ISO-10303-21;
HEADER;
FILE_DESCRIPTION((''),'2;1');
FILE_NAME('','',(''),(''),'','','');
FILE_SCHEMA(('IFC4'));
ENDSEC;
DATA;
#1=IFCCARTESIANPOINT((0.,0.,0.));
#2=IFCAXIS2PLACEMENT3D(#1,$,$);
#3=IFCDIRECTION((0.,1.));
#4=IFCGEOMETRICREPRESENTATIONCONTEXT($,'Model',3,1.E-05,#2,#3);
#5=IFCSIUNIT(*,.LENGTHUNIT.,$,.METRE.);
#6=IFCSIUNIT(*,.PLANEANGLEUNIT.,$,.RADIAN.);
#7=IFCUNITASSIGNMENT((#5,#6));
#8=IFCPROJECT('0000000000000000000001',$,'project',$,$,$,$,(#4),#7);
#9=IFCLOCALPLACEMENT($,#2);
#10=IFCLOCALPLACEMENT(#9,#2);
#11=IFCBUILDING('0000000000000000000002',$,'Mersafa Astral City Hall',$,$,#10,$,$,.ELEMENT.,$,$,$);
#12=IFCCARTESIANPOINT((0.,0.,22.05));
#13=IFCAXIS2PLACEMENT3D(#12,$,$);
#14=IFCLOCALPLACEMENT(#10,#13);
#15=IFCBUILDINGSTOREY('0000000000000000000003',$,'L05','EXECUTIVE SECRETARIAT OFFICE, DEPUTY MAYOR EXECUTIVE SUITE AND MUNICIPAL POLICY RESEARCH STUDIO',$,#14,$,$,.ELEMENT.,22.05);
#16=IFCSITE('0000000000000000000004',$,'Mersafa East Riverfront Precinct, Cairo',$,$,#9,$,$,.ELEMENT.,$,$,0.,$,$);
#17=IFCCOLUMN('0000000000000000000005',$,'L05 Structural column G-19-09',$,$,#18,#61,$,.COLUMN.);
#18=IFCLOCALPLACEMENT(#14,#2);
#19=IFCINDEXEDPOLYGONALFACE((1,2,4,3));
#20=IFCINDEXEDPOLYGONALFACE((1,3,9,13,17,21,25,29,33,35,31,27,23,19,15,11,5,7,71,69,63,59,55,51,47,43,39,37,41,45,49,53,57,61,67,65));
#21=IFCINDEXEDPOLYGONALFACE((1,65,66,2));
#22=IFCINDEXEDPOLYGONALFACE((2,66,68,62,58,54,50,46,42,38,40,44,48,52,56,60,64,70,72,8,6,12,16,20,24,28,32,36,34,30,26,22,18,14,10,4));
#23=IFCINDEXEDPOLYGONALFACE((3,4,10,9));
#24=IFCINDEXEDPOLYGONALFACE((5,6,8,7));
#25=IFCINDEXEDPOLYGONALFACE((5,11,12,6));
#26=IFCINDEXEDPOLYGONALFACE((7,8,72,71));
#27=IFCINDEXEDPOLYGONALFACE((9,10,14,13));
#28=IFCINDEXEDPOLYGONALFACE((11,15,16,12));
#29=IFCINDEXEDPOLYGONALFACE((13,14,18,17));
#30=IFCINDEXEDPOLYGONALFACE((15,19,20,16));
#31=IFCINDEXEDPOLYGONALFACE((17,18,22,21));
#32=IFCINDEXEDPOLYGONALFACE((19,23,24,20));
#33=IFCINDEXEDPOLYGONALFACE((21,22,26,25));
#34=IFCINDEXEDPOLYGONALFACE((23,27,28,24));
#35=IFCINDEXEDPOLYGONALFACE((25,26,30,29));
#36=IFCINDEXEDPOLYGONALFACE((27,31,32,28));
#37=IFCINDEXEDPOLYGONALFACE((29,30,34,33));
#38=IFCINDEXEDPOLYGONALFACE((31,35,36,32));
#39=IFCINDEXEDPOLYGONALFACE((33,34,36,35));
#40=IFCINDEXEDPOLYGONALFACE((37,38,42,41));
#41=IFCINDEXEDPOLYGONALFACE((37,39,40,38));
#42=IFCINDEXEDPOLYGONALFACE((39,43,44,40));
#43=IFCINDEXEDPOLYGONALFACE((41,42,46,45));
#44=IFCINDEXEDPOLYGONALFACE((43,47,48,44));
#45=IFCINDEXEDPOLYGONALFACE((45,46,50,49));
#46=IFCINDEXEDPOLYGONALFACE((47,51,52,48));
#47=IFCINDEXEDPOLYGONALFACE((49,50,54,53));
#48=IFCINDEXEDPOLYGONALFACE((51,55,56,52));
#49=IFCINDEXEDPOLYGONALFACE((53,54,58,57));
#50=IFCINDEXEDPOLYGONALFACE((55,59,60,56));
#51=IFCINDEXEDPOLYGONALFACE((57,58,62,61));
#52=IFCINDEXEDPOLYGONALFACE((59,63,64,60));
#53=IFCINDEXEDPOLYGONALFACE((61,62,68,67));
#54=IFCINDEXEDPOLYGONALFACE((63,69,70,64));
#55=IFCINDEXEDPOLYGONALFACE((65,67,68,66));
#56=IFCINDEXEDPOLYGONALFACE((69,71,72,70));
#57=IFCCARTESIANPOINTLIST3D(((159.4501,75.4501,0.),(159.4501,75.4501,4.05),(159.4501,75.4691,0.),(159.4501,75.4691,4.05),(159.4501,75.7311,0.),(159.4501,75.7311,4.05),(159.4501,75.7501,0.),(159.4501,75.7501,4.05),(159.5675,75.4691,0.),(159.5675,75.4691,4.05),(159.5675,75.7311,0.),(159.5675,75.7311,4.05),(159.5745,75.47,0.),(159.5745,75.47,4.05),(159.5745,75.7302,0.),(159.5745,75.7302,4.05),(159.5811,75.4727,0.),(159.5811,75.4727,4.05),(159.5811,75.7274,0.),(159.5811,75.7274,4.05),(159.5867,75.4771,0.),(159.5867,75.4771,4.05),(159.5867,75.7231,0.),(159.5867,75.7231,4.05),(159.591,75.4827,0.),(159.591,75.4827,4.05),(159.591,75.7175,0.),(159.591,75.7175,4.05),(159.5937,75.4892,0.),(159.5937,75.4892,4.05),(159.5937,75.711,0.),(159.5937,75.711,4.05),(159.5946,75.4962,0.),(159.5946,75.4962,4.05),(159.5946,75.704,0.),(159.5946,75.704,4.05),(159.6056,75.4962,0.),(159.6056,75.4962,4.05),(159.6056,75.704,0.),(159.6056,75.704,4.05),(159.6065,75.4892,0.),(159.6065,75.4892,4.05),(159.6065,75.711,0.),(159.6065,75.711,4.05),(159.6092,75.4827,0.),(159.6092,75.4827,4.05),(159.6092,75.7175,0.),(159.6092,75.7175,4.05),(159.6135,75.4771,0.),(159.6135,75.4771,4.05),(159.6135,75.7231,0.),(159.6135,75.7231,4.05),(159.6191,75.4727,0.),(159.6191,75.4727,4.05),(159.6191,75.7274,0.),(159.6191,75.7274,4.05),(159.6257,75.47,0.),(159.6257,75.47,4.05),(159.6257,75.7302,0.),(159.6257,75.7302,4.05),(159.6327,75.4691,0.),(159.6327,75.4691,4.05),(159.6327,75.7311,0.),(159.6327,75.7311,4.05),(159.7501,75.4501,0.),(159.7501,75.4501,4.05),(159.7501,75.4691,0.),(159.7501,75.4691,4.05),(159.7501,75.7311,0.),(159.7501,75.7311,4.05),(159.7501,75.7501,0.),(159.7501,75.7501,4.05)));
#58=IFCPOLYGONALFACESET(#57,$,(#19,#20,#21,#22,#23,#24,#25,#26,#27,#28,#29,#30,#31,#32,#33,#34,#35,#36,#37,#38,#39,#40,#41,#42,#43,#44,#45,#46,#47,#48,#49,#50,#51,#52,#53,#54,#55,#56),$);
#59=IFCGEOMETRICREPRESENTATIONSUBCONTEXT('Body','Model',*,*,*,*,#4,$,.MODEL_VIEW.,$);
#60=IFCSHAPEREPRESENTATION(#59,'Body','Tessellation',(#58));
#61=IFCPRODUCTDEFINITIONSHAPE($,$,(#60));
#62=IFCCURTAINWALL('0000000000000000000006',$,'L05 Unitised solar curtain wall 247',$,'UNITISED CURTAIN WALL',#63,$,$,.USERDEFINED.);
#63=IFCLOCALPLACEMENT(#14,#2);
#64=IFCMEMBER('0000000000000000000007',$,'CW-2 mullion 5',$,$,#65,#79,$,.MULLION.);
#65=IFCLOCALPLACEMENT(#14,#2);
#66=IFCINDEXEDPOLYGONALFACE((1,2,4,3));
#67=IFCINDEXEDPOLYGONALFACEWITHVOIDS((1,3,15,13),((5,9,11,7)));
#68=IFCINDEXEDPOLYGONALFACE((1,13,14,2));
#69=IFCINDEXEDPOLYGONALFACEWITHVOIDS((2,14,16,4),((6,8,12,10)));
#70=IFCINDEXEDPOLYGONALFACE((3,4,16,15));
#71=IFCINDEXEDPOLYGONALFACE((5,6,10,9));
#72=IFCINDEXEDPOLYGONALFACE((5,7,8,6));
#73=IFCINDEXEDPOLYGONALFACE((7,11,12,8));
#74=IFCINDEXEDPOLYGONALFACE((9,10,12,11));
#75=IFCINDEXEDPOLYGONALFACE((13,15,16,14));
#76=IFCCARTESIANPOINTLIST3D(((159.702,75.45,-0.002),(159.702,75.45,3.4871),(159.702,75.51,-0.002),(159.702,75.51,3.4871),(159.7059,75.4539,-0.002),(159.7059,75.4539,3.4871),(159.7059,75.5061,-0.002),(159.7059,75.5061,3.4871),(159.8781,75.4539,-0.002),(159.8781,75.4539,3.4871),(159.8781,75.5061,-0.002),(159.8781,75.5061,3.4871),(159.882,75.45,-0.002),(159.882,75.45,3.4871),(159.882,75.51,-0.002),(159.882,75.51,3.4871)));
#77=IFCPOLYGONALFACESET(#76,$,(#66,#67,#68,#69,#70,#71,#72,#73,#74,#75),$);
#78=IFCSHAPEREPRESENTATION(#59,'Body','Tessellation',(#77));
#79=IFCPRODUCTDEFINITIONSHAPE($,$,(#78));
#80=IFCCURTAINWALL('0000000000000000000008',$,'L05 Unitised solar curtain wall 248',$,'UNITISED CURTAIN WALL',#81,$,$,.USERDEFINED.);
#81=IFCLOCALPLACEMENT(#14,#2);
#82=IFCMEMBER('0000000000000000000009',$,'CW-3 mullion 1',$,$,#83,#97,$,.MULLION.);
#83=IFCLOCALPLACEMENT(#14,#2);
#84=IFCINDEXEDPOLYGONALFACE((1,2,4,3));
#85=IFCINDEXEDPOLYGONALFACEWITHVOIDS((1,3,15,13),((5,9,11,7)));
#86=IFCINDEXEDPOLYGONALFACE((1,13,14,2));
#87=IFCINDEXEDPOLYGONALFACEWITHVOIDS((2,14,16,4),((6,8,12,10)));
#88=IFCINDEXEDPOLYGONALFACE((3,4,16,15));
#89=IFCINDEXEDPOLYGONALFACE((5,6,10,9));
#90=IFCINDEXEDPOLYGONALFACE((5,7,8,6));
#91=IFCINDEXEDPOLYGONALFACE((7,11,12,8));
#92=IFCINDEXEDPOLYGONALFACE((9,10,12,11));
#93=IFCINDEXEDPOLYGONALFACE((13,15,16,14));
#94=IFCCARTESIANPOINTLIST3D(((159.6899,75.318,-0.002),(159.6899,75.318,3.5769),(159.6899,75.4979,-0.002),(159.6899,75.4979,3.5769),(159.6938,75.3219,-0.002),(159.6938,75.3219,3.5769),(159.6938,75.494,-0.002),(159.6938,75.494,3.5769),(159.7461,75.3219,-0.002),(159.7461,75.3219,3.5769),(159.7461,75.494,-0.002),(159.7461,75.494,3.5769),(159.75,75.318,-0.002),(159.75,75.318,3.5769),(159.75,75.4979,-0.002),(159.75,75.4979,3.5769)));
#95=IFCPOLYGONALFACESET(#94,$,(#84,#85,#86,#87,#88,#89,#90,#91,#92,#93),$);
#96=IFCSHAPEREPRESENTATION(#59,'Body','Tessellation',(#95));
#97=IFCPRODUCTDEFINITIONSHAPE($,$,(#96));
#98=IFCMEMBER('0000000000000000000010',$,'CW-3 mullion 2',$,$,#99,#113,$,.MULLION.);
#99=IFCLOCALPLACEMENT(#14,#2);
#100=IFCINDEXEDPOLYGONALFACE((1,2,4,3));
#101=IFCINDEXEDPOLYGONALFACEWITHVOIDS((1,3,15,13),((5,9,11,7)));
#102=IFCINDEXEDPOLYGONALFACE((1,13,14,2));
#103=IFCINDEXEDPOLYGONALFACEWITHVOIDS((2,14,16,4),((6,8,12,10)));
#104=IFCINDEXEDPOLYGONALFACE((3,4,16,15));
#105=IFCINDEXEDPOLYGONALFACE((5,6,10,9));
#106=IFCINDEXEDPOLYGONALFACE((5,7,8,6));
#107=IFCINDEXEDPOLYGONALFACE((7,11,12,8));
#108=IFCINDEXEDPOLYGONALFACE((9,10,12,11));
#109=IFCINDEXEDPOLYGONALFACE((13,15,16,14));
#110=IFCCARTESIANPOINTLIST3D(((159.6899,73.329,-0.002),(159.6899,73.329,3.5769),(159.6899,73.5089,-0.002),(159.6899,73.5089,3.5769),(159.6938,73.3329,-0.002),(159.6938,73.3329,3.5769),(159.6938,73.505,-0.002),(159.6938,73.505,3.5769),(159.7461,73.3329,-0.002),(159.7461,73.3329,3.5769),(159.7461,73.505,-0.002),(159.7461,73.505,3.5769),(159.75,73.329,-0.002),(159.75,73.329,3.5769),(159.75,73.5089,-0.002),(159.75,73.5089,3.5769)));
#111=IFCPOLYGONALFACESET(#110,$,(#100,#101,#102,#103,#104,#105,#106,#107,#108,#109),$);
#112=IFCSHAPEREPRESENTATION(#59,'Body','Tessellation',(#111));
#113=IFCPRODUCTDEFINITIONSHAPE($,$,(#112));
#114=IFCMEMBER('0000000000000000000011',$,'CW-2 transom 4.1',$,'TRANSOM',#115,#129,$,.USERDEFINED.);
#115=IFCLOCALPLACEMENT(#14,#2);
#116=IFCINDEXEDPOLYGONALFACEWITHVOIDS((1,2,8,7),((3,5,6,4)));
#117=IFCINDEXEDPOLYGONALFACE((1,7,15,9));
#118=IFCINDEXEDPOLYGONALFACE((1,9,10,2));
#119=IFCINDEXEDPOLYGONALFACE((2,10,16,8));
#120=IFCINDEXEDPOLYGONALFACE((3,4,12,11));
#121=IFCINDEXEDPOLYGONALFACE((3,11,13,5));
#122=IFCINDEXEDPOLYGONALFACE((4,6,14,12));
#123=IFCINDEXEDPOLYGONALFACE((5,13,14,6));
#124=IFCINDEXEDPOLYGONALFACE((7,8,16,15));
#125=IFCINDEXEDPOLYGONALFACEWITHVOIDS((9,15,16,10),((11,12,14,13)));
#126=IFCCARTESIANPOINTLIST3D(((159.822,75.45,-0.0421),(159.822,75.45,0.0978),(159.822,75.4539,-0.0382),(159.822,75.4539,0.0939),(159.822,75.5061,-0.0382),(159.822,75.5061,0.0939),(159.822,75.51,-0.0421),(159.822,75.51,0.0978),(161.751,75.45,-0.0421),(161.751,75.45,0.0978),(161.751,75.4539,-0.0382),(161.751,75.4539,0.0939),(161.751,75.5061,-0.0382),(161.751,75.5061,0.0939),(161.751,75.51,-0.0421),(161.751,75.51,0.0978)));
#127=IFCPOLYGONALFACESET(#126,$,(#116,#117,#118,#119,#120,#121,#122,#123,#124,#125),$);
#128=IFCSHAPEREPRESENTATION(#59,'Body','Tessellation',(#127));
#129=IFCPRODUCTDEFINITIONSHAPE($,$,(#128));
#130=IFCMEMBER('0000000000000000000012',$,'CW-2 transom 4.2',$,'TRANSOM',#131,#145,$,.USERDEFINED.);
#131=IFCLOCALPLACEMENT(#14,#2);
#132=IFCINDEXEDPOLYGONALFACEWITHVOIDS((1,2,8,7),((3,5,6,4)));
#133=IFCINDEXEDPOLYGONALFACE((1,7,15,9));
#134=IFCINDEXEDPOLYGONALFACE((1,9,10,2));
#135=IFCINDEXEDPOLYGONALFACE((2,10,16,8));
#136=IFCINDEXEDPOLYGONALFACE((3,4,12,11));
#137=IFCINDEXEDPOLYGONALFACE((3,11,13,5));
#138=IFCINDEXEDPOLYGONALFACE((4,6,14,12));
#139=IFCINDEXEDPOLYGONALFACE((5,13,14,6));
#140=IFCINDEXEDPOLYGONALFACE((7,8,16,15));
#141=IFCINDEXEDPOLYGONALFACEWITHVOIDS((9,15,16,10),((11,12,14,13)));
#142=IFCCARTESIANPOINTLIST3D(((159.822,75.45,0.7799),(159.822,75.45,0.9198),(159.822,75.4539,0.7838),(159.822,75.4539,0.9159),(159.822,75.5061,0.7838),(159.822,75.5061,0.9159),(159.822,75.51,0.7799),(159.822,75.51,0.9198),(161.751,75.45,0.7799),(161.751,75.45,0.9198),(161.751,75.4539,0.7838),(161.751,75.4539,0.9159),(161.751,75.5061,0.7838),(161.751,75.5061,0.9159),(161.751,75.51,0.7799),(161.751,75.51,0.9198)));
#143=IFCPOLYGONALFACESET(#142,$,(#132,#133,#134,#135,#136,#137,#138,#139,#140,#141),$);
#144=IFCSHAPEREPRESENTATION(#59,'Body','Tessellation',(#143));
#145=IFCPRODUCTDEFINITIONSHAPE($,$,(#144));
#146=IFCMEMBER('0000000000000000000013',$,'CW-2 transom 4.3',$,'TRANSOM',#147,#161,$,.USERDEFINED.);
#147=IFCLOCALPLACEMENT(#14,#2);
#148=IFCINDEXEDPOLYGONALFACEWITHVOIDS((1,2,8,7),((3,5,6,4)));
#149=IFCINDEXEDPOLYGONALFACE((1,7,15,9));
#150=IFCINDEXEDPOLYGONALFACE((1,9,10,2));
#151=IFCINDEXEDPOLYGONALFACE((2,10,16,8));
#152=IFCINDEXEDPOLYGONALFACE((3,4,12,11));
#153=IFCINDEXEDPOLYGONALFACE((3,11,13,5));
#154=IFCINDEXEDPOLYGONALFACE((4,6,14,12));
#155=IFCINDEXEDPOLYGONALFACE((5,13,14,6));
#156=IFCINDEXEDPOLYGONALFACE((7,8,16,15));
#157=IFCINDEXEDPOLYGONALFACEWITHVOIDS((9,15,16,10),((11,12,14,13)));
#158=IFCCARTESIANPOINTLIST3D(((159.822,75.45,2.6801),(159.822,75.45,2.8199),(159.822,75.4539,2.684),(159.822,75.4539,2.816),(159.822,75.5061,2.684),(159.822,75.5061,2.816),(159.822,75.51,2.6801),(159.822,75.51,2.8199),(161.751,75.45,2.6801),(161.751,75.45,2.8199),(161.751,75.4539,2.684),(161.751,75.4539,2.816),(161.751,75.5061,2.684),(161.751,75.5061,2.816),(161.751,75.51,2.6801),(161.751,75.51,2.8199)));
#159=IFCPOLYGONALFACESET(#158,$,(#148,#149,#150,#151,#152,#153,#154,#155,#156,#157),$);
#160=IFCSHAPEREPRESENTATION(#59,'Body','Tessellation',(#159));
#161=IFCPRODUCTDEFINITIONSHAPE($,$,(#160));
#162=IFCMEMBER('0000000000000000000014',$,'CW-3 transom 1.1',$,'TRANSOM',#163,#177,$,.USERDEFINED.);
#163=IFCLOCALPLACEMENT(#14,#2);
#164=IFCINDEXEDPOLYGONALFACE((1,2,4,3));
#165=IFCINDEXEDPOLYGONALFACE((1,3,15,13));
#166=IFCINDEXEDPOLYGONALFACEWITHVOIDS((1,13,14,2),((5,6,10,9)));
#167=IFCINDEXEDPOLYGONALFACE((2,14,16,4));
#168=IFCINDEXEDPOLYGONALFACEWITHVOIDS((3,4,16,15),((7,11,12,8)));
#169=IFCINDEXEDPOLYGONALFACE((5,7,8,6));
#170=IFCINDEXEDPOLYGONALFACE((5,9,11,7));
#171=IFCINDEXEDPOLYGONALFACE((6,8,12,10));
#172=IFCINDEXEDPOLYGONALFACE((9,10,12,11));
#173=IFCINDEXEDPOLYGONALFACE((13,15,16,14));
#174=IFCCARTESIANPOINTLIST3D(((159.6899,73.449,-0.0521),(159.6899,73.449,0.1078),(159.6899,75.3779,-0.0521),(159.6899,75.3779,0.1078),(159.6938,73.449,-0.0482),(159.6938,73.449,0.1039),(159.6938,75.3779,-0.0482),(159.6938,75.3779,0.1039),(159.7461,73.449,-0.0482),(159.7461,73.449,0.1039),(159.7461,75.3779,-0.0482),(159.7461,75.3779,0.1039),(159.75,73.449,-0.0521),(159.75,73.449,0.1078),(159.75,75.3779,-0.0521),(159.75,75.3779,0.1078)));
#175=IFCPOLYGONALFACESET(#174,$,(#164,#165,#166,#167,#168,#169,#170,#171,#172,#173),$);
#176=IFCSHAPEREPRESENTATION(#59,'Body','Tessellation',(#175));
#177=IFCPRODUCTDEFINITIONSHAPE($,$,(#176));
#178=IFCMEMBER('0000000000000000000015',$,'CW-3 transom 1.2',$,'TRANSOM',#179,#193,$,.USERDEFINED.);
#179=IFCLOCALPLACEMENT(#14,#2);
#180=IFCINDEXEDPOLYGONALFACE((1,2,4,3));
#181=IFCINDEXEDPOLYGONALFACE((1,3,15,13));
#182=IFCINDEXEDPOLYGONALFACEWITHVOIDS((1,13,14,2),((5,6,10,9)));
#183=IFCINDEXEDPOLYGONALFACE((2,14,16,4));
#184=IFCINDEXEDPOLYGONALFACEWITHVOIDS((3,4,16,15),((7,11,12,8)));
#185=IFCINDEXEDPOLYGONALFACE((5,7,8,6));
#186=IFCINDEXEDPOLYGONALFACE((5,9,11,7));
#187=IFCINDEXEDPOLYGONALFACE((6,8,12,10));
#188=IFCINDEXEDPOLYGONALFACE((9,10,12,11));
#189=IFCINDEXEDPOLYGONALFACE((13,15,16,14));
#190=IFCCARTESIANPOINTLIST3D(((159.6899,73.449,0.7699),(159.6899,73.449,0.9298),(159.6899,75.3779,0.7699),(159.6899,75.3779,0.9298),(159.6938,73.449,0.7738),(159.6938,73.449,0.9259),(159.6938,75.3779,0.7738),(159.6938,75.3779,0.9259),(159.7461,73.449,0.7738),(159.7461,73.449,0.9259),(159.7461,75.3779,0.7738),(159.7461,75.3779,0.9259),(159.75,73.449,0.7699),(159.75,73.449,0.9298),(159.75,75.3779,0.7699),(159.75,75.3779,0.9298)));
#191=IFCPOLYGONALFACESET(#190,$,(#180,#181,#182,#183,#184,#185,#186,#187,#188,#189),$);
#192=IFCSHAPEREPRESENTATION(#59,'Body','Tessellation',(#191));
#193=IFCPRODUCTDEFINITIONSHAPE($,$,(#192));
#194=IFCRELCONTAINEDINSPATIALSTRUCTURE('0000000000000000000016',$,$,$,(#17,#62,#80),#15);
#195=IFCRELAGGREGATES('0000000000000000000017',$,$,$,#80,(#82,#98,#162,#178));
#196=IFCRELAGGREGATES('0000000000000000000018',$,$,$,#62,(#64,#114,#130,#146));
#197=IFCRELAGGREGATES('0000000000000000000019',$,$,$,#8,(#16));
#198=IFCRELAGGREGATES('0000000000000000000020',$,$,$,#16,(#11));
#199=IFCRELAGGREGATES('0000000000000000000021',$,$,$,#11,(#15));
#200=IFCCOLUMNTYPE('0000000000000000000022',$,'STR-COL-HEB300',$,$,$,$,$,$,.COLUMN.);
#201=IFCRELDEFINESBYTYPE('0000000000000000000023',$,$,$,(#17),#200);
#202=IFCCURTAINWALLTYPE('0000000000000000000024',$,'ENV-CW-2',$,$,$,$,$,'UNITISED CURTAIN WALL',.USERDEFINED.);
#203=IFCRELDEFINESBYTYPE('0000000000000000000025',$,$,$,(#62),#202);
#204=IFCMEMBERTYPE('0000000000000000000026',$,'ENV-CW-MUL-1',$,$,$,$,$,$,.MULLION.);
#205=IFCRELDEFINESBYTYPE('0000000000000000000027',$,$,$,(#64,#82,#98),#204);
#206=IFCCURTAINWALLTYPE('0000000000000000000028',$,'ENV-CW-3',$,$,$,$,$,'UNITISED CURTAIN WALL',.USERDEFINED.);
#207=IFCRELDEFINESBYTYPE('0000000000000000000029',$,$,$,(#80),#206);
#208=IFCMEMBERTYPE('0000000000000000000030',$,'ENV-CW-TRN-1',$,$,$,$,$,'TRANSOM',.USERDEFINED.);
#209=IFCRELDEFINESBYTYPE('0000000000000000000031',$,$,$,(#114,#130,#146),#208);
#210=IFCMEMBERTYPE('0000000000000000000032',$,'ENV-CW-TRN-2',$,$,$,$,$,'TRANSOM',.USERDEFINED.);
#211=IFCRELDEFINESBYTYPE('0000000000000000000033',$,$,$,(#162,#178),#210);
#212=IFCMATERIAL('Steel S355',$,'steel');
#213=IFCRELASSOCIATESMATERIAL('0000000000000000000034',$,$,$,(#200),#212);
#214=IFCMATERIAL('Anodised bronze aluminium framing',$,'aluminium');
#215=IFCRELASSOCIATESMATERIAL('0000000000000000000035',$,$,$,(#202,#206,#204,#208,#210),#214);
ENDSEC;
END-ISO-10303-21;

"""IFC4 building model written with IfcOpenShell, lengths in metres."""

from ifc_helpers import new_model, si_unit, direction, frame, origin, origin_2d, place, context, subcontext, project, spatial, hollow_rectangle, i_section, extrude, material, material_profile, profile_set, type_object, element, aggregate, save


model = new_model("IFC4")

# Units and contexts
model_context = context("Model", 3, precision=1e-05, world=origin(), true_north=direction((0.0, 1.0)))
body_context = subcontext(model_context, "Body", "Model", "MODEL_VIEW")
ifc_project = project(units=[si_unit("LENGTHUNIT", "METRE"), si_unit("PLANEANGLEUNIT", "RADIAN")], contexts=[model_context])

# Site, building, storey
site_placement = place(None, origin())
site = spatial("IfcSite", under=ifc_project, at=site_placement, Name="Mersafa East Riverfront Precinct, Cairo", CompositionType="ELEMENT", RefElevation=0.0)
building_placement = place(site_placement, origin())
building = spatial("IfcBuilding", under=site, at=building_placement, Name="Mersafa Astral City Hall", CompositionType="ELEMENT")
storey_placement = place(building_placement, frame((0.0, 0.0, 22.05)))
storey = spatial("IfcBuildingStorey", under=building, at=storey_placement, Name="L05", Description="EXECUTIVE SECRETARIAT OFFICE, DEPUTY MAYOR EXECUTIVE SUITE AND MUNICIPAL POLICY RESEARCH STUDIO", CompositionType="ELEMENT", Elevation=22.05)

# Column
ifc_material_1 = material(Name="Steel S355", Category="steel")
ifc_material_profile_1 = material_profile(ifc_material_1, i_section(OverallWidth=0.3, OverallDepth=0.3, WebThickness=0.011, FlangeThickness=0.019, FilletRadius=0.0271, at=origin_2d()), Name="HEB 300")
ifc_profile_set_1 = profile_set([ifc_material_profile_1], Name="Steel S355")
column_type = type_object("IfcColumnType", Name="STR-COL-HEB300", PredefinedType="COLUMN", material=ifc_profile_set_1)
column_placement = place(storey_placement, frame((159.6001, 75.6001, 0.0), z_axis=(0.0, 0.0, 1.0), x_axis=(1.0, 0.0, 0.0)))
element("IfcColumn", 1, at=column_placement, inside=storey, type_object=column_type, Name="L05 Structural column G-19-09", PredefinedType="COLUMN", context=body_context, shape_type="SweptSolid", body=[
    extrude(i_section(OverallWidth=0.3, OverallDepth=0.3, WebThickness=0.011, FlangeThickness=0.019, FilletRadius=0.0271, at=origin_2d()), origin(), (0.0, 0.0, 1.0), 4.05),
])

# Curtain wall, member
ifc_material_2 = material(Name="Anodised bronze aluminium framing", Category="aluminium")
curtain_wall_type_1 = type_object("IfcCurtainWallType", Name="ENV-CW-2", ElementType="UNITISED CURTAIN WALL", PredefinedType="USERDEFINED", material=ifc_material_2)
curtain_wall_1_placement = place(storey_placement, origin())
curtain_wall_1 = element("IfcCurtainWall", 2, at=curtain_wall_1_placement, inside=storey, type_object=curtain_wall_type_1, Name="L05 Unitised solar curtain wall 247", ObjectType="UNITISED CURTAIN WALL", PredefinedType="USERDEFINED")
ifc_material_profile_2 = material_profile(ifc_material_2, hollow_rectangle(XDim=0.0601, YDim=0.1799, WallThickness=0.0039, at=origin_2d()), Name="RHS 60x180x4")
ifc_profile_set_2 = profile_set([ifc_material_profile_2], Name="Anodised bronze aluminium framing")
member_type_1 = type_object("IfcMemberType", Name="ENV-CW-MUL-1", PredefinedType="MULLION", material=ifc_profile_set_2)
member_1_placement = place(storey_placement, frame((159.792, 75.48, -0.002), z_axis=(0.0, 0.0, 1.0), x_axis=(0.0, -1.0, 0.0)))
member_1 = element("IfcMember", 3, at=member_1_placement, type_object=member_type_1, Name="CW-2 mullion 5", PredefinedType="MULLION", context=body_context, shape_type="SweptSolid", body=[
    extrude(hollow_rectangle(XDim=0.0601, YDim=0.1799, WallThickness=0.0039, at=origin_2d()), origin(), (0.0, 0.0, 1.0), 3.489),
])

# Curtain wall, members
curtain_wall_type_2 = type_object("IfcCurtainWallType", Name="ENV-CW-3", ElementType="UNITISED CURTAIN WALL", PredefinedType="USERDEFINED", material=ifc_material_2)
curtain_wall_2_placement = place(storey_placement, origin())
curtain_wall_2 = element("IfcCurtainWall", 4, at=curtain_wall_2_placement, inside=storey, type_object=curtain_wall_type_2, Name="L05 Unitised solar curtain wall 248", ObjectType="UNITISED CURTAIN WALL", PredefinedType="USERDEFINED")
member_2_placement = place(storey_placement, frame((159.72, 75.408, -0.002), z_axis=(0.0, 0.0, 1.0), x_axis=(1.0, 0.0, 0.0)))
member_2 = element("IfcMember", 5, at=member_2_placement, type_object=member_type_1, Name="CW-3 mullion 1", PredefinedType="MULLION", context=body_context, shape_type="SweptSolid", body=[
    extrude(hollow_rectangle(XDim=0.0601, YDim=0.1799, WallThickness=0.0039, at=origin_2d()), origin(), (0.0, 0.0, 1.0), 3.5789),
])
member_3_placement = place(storey_placement, frame((159.72, 73.4189, -0.002), z_axis=(0.0, 0.0, 1.0), x_axis=(1.0, 0.0, 0.0)))
member_3 = element("IfcMember", 6, at=member_3_placement, type_object=member_type_1, Name="CW-3 mullion 2", PredefinedType="MULLION", context=body_context, shape_type="SweptSolid", body=[
    extrude(hollow_rectangle(XDim=0.0601, YDim=0.1799, WallThickness=0.0039, at=origin_2d()), origin(), (0.0, 0.0, 1.0), 3.5789),
])

# Members
ifc_material_profile_3 = material_profile(ifc_material_2, hollow_rectangle(XDim=0.0601, YDim=0.1399, WallThickness=0.0039, at=origin_2d()), Name="RHS 60x140x4")
ifc_profile_set_3 = profile_set([ifc_material_profile_3], Name="Anodised bronze aluminium framing")
member_type_2 = type_object("IfcMemberType", Name="ENV-CW-TRN-1", ElementType="TRANSOM", PredefinedType="USERDEFINED", material=ifc_profile_set_3)
member_4_placement = place(storey_placement, frame((161.751, 75.48, 0.0278), z_axis=(-1.0, 0.0, 0.0), x_axis=(0.0, -1.0, 0.0)))
member_4 = element("IfcMember", 7, at=member_4_placement, type_object=member_type_2, Name="CW-2 transom 4.1", ObjectType="TRANSOM", PredefinedType="USERDEFINED", context=body_context, shape_type="SweptSolid", body=[
    extrude(hollow_rectangle(XDim=0.0601, YDim=0.1399, WallThickness=0.0039, at=origin_2d()), origin(), (0.0, 0.0, 1.0), 1.929),
])
member_5_placement = place(storey_placement, frame((161.751, 75.48, 0.8499), z_axis=(-1.0, 0.0, 0.0), x_axis=(0.0, -1.0, 0.0)))
member_5 = element("IfcMember", 8, at=member_5_placement, type_object=member_type_2, Name="CW-2 transom 4.2", ObjectType="TRANSOM", PredefinedType="USERDEFINED", context=body_context, shape_type="SweptSolid", body=[
    extrude(hollow_rectangle(XDim=0.0601, YDim=0.1399, WallThickness=0.0039, at=origin_2d()), origin(), (0.0, 0.0, 1.0), 1.929),
])
member_6_placement = place(storey_placement, frame((161.751, 75.48, 2.75), z_axis=(-1.0, 0.0, 0.0), x_axis=(0.0, -1.0, 0.0)))
member_6 = element("IfcMember", 9, at=member_6_placement, type_object=member_type_2, Name="CW-2 transom 4.3", ObjectType="TRANSOM", PredefinedType="USERDEFINED", context=body_context, shape_type="SweptSolid", body=[
    extrude(hollow_rectangle(XDim=0.0601, YDim=0.1399, WallThickness=0.0039, at=origin_2d()), origin(), (0.0, 0.0, 1.0), 1.929),
])
ifc_material_profile_4 = material_profile(ifc_material_2, hollow_rectangle(XDim=0.0601, YDim=0.1599, WallThickness=0.0039, at=origin_2d()), Name="RHS 60x160x4")
ifc_profile_set_4 = profile_set([ifc_material_profile_4], Name="Anodised bronze aluminium framing")
member_type_3 = type_object("IfcMemberType", Name="ENV-CW-TRN-2", ElementType="TRANSOM", PredefinedType="USERDEFINED", material=ifc_profile_set_4)
member_7_placement = place(storey_placement, frame((159.72, 75.3779, 0.0278), z_axis=(0.0, -1.0, 0.0), x_axis=(1.0, 0.0, 0.0)))
member_7 = element("IfcMember", 10, at=member_7_placement, type_object=member_type_3, Name="CW-3 transom 1.1", ObjectType="TRANSOM", PredefinedType="USERDEFINED", context=body_context, shape_type="SweptSolid", body=[
    extrude(hollow_rectangle(XDim=0.0601, YDim=0.1599, WallThickness=0.0039, at=origin_2d()), origin(), (0.0, 0.0, 1.0), 1.929),
])
member_8_placement = place(storey_placement, frame((159.72, 75.3779, 0.8499), z_axis=(0.0, -1.0, 0.0), x_axis=(1.0, 0.0, 0.0)))
member_8 = element("IfcMember", 11, at=member_8_placement, type_object=member_type_3, Name="CW-3 transom 1.2", ObjectType="TRANSOM", PredefinedType="USERDEFINED", context=body_context, shape_type="SweptSolid", body=[
    extrude(hollow_rectangle(XDim=0.0601, YDim=0.1599, WallThickness=0.0039, at=origin_2d()), origin(), (0.0, 0.0, 1.0), 1.929),
])

aggregate(curtain_wall_2, [member_2, member_3, member_7, member_8])
aggregate(curtain_wall_1, [member_1, member_4, member_5, member_6])

save(model, "model.ifc")
